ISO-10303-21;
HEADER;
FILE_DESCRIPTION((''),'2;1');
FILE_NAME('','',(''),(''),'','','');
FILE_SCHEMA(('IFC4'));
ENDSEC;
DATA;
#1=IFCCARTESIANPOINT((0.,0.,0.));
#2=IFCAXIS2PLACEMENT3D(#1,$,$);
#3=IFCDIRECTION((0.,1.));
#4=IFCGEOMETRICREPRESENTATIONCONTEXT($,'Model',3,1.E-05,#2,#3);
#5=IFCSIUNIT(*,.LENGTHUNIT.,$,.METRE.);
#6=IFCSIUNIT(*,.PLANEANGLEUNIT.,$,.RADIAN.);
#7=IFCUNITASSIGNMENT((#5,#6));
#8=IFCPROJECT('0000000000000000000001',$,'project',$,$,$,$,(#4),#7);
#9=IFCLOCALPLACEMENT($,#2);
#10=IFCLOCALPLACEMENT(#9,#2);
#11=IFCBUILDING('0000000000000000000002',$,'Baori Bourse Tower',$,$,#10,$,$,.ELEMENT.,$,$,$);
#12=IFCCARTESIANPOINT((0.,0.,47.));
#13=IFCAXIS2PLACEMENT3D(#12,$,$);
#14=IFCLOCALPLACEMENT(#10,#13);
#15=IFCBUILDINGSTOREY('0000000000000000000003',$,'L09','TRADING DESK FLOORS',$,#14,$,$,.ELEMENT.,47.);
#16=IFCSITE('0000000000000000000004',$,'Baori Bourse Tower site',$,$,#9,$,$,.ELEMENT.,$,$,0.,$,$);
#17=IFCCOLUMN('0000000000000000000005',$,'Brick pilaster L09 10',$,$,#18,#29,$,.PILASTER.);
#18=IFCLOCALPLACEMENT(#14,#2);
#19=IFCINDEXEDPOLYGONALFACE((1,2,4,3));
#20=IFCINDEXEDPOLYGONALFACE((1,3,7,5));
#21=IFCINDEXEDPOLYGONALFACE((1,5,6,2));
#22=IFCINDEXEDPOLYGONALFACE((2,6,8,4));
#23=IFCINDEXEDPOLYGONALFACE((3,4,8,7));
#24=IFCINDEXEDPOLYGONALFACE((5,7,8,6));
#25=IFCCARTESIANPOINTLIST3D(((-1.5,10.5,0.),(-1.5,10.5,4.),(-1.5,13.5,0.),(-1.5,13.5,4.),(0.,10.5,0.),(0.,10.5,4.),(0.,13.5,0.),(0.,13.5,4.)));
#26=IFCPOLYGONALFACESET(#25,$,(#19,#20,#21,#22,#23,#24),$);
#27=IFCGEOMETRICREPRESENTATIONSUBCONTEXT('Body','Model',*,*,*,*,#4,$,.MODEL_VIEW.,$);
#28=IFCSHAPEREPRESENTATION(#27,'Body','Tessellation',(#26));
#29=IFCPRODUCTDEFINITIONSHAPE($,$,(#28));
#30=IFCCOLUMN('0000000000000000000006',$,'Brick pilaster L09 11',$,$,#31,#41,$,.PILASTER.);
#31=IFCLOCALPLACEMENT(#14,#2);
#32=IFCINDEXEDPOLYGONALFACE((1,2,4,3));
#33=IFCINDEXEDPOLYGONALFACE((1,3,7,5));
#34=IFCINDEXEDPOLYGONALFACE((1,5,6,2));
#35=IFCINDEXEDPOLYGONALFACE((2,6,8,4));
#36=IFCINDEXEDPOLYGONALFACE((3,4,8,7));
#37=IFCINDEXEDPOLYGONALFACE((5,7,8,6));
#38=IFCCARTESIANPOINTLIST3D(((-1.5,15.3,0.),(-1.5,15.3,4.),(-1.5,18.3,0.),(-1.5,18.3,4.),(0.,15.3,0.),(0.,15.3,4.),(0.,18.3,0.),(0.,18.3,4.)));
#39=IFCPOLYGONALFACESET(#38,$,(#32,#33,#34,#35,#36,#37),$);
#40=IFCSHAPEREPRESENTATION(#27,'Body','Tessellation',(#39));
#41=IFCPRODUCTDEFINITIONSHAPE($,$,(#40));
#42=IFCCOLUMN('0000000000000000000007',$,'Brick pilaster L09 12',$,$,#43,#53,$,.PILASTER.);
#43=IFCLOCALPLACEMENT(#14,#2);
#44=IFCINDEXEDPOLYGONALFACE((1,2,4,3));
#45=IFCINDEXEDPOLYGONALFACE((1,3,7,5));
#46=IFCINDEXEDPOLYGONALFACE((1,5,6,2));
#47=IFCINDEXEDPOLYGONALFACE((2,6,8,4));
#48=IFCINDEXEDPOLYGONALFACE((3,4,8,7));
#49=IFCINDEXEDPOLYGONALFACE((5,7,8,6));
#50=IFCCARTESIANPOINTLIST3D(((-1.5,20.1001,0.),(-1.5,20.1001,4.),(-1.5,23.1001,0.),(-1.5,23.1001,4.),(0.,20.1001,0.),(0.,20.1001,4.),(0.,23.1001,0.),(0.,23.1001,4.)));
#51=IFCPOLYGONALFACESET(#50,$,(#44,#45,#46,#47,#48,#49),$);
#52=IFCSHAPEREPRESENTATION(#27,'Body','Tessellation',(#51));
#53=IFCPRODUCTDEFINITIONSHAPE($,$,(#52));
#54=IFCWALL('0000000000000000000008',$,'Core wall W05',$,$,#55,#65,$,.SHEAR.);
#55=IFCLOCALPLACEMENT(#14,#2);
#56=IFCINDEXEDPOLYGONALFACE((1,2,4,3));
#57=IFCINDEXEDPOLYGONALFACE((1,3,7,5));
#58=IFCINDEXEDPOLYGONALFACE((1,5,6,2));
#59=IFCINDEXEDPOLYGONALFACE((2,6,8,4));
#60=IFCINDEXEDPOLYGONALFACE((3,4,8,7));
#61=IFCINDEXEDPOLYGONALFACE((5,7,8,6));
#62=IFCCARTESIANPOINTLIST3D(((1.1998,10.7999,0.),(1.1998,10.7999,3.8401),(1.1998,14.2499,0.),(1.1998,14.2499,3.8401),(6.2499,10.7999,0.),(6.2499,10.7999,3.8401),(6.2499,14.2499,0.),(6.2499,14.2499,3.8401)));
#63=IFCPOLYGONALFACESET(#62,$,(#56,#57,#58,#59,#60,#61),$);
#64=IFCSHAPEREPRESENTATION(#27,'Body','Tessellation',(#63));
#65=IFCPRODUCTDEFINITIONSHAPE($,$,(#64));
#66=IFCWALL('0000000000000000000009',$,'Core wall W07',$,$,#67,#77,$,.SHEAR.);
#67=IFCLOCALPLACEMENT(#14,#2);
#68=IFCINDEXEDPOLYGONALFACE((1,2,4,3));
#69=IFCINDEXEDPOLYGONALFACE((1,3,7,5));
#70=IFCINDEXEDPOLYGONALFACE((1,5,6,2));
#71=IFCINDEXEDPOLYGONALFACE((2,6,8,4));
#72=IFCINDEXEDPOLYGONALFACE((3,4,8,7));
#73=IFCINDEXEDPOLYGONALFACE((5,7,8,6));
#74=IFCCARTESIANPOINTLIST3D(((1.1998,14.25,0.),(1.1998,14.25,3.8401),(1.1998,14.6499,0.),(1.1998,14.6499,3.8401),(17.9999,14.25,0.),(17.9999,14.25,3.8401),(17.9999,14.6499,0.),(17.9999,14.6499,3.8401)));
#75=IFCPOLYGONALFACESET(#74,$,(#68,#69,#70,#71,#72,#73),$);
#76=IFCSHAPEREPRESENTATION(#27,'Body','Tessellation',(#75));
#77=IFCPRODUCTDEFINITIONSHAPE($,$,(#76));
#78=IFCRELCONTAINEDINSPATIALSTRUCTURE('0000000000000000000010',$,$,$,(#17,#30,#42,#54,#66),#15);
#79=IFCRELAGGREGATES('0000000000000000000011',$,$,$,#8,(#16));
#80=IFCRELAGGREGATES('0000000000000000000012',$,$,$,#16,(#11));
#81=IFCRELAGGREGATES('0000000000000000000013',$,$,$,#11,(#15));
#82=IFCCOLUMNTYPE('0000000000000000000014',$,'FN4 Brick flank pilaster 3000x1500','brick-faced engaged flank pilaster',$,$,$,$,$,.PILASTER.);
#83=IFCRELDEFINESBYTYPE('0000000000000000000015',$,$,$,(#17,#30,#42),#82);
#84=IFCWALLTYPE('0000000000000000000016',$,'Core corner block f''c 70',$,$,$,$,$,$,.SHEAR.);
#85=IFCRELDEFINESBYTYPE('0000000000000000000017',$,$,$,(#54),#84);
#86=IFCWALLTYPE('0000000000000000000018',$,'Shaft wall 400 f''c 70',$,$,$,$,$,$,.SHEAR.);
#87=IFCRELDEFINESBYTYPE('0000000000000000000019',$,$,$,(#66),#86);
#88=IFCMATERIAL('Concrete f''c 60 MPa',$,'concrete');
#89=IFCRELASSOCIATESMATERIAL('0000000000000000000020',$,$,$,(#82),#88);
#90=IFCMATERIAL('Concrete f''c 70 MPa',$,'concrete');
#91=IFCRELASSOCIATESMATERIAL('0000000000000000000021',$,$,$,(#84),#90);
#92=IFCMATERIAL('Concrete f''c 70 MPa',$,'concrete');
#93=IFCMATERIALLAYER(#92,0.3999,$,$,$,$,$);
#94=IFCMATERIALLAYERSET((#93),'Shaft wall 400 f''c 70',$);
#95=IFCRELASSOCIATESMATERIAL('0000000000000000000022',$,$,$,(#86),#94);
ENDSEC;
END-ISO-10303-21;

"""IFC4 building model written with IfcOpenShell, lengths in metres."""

from ifc_helpers import new_model, si_unit, direction, frame, frame_2d, origin, origin_2d, place, context, subcontext, project, spatial, rectangle, extrude, material, layer, layer_set, material_profile, profile_set, type_object, element, save


model = new_model("IFC4")

# Units and contexts
model_context = context("Model", 3, precision=1e-05, world=origin(), true_north=direction((0.0, 1.0)))
body_context = subcontext(model_context, "Body", "Model", "MODEL_VIEW")
ifc_project = project(units=[si_unit("LENGTHUNIT", "METRE"), si_unit("PLANEANGLEUNIT", "RADIAN")], contexts=[model_context])

# Site, building, storey
site_placement = place(None, origin())
site = spatial("IfcSite", under=ifc_project, at=site_placement, Name="Baori Bourse Tower site", CompositionType="ELEMENT", RefElevation=0.0)
building_placement = place(site_placement, origin())
building = spatial("IfcBuilding", under=site, at=building_placement, Name="Baori Bourse Tower", CompositionType="ELEMENT")
storey_placement = place(building_placement, frame((0.0, 0.0, 47.0)))
storey = spatial("IfcBuildingStorey", under=building, at=storey_placement, Name="L09", Description="TRADING DESK FLOORS", CompositionType="ELEMENT", Elevation=47.0)

# Columns
ifc_material_1 = material(Name="Concrete f'c 60 MPa", Category="concrete")
ifc_material_profile = material_profile(ifc_material_1, rectangle(XDim=3.0, YDim=1.5, at=origin_2d()), Name="RC 3000x1500")
ifc_profile_set = profile_set([ifc_material_profile], Name="Concrete f'c 60 MPa")
column_type = type_object("IfcColumnType", Name="FN4 Brick flank pilaster 3000x1500", Description="brick-faced engaged flank pilaster", PredefinedType="PILASTER", material=ifc_profile_set)
for number, where, z_axis, x_axis, name in (
    (1, (-0.75, 12.0, 0.0), (0.0, 0.0, 1.0), (0.0, 1.0, 0.0), "Brick pilaster L09 10"),
    (2, (-0.75, 16.8, 0.0), (0.0, 0.0, 1.0), (0.0, 1.0, 0.0), "Brick pilaster L09 11"),
    (3, (-0.75, 21.6001, 0.0), (0.0, 0.0, 1.0), (0.0, 1.0, 0.0), "Brick pilaster L09 12"),
):
    element("IfcColumn", number, at=place(storey_placement, frame(where, z_axis=z_axis, x_axis=x_axis)), inside=storey, type_object=column_type, Name=name, PredefinedType="PILASTER", context=body_context, shape_type="SweptSolid", body=[
        extrude(rectangle(XDim=3.0, YDim=1.5, at=origin_2d()), origin(), (0.0, 0.0, 1.0), 4.0),
    ])

# Walls
ifc_material_2 = material(Name="Concrete f'c 70 MPa", Category="concrete")
wall_type_1 = type_object("IfcWallType", Name="Core corner block f'c 70", PredefinedType="SHEAR", material=ifc_material_2)
wall_1_placement = place(storey_placement, frame((1.2, 12.5249, 0.0), z_axis=(0.0, 0.0, 1.0), x_axis=(1.0, 0.0, 0.0)))
element("IfcWall", 4, at=wall_1_placement, inside=storey, type_object=wall_type_1, Name="Core wall W05", PredefinedType="SHEAR", context=body_context, shape_type="SweptSolid", body=[
    extrude(rectangle(XDim=5.05, YDim=3.45, at=frame_2d((2.5249, 0.0))), origin(), (0.0, 0.0, 1.0), 3.8401),
])
ifc_material_3 = material(Name="Concrete f'c 70 MPa", Category="concrete")
ifc_layer_1 = layer(ifc_material_3, 0.3999)
ifc_layer_set_1 = layer_set([ifc_layer_1], Name="Shaft wall 400 f'c 70")
wall_type_2 = type_object("IfcWallType", Name="Shaft wall 400 f'c 70", PredefinedType="SHEAR", material=ifc_layer_set_1)
wall_2_placement = place(storey_placement, frame((1.2, 14.45, 0.0), z_axis=(0.0, 0.0, 1.0), x_axis=(1.0, 0.0, 0.0)))
element("IfcWall", 5, at=wall_2_placement, inside=storey, type_object=wall_type_2, Name="Core wall W07", PredefinedType="SHEAR", context=body_context, shape_type="SweptSolid", body=[
    extrude(rectangle(XDim=16.8, YDim=0.3999, at=frame_2d((8.3999, 0.0))), origin(), (0.0, 0.0, 1.0), 3.8401),
])

save(model, "model.ifc")
